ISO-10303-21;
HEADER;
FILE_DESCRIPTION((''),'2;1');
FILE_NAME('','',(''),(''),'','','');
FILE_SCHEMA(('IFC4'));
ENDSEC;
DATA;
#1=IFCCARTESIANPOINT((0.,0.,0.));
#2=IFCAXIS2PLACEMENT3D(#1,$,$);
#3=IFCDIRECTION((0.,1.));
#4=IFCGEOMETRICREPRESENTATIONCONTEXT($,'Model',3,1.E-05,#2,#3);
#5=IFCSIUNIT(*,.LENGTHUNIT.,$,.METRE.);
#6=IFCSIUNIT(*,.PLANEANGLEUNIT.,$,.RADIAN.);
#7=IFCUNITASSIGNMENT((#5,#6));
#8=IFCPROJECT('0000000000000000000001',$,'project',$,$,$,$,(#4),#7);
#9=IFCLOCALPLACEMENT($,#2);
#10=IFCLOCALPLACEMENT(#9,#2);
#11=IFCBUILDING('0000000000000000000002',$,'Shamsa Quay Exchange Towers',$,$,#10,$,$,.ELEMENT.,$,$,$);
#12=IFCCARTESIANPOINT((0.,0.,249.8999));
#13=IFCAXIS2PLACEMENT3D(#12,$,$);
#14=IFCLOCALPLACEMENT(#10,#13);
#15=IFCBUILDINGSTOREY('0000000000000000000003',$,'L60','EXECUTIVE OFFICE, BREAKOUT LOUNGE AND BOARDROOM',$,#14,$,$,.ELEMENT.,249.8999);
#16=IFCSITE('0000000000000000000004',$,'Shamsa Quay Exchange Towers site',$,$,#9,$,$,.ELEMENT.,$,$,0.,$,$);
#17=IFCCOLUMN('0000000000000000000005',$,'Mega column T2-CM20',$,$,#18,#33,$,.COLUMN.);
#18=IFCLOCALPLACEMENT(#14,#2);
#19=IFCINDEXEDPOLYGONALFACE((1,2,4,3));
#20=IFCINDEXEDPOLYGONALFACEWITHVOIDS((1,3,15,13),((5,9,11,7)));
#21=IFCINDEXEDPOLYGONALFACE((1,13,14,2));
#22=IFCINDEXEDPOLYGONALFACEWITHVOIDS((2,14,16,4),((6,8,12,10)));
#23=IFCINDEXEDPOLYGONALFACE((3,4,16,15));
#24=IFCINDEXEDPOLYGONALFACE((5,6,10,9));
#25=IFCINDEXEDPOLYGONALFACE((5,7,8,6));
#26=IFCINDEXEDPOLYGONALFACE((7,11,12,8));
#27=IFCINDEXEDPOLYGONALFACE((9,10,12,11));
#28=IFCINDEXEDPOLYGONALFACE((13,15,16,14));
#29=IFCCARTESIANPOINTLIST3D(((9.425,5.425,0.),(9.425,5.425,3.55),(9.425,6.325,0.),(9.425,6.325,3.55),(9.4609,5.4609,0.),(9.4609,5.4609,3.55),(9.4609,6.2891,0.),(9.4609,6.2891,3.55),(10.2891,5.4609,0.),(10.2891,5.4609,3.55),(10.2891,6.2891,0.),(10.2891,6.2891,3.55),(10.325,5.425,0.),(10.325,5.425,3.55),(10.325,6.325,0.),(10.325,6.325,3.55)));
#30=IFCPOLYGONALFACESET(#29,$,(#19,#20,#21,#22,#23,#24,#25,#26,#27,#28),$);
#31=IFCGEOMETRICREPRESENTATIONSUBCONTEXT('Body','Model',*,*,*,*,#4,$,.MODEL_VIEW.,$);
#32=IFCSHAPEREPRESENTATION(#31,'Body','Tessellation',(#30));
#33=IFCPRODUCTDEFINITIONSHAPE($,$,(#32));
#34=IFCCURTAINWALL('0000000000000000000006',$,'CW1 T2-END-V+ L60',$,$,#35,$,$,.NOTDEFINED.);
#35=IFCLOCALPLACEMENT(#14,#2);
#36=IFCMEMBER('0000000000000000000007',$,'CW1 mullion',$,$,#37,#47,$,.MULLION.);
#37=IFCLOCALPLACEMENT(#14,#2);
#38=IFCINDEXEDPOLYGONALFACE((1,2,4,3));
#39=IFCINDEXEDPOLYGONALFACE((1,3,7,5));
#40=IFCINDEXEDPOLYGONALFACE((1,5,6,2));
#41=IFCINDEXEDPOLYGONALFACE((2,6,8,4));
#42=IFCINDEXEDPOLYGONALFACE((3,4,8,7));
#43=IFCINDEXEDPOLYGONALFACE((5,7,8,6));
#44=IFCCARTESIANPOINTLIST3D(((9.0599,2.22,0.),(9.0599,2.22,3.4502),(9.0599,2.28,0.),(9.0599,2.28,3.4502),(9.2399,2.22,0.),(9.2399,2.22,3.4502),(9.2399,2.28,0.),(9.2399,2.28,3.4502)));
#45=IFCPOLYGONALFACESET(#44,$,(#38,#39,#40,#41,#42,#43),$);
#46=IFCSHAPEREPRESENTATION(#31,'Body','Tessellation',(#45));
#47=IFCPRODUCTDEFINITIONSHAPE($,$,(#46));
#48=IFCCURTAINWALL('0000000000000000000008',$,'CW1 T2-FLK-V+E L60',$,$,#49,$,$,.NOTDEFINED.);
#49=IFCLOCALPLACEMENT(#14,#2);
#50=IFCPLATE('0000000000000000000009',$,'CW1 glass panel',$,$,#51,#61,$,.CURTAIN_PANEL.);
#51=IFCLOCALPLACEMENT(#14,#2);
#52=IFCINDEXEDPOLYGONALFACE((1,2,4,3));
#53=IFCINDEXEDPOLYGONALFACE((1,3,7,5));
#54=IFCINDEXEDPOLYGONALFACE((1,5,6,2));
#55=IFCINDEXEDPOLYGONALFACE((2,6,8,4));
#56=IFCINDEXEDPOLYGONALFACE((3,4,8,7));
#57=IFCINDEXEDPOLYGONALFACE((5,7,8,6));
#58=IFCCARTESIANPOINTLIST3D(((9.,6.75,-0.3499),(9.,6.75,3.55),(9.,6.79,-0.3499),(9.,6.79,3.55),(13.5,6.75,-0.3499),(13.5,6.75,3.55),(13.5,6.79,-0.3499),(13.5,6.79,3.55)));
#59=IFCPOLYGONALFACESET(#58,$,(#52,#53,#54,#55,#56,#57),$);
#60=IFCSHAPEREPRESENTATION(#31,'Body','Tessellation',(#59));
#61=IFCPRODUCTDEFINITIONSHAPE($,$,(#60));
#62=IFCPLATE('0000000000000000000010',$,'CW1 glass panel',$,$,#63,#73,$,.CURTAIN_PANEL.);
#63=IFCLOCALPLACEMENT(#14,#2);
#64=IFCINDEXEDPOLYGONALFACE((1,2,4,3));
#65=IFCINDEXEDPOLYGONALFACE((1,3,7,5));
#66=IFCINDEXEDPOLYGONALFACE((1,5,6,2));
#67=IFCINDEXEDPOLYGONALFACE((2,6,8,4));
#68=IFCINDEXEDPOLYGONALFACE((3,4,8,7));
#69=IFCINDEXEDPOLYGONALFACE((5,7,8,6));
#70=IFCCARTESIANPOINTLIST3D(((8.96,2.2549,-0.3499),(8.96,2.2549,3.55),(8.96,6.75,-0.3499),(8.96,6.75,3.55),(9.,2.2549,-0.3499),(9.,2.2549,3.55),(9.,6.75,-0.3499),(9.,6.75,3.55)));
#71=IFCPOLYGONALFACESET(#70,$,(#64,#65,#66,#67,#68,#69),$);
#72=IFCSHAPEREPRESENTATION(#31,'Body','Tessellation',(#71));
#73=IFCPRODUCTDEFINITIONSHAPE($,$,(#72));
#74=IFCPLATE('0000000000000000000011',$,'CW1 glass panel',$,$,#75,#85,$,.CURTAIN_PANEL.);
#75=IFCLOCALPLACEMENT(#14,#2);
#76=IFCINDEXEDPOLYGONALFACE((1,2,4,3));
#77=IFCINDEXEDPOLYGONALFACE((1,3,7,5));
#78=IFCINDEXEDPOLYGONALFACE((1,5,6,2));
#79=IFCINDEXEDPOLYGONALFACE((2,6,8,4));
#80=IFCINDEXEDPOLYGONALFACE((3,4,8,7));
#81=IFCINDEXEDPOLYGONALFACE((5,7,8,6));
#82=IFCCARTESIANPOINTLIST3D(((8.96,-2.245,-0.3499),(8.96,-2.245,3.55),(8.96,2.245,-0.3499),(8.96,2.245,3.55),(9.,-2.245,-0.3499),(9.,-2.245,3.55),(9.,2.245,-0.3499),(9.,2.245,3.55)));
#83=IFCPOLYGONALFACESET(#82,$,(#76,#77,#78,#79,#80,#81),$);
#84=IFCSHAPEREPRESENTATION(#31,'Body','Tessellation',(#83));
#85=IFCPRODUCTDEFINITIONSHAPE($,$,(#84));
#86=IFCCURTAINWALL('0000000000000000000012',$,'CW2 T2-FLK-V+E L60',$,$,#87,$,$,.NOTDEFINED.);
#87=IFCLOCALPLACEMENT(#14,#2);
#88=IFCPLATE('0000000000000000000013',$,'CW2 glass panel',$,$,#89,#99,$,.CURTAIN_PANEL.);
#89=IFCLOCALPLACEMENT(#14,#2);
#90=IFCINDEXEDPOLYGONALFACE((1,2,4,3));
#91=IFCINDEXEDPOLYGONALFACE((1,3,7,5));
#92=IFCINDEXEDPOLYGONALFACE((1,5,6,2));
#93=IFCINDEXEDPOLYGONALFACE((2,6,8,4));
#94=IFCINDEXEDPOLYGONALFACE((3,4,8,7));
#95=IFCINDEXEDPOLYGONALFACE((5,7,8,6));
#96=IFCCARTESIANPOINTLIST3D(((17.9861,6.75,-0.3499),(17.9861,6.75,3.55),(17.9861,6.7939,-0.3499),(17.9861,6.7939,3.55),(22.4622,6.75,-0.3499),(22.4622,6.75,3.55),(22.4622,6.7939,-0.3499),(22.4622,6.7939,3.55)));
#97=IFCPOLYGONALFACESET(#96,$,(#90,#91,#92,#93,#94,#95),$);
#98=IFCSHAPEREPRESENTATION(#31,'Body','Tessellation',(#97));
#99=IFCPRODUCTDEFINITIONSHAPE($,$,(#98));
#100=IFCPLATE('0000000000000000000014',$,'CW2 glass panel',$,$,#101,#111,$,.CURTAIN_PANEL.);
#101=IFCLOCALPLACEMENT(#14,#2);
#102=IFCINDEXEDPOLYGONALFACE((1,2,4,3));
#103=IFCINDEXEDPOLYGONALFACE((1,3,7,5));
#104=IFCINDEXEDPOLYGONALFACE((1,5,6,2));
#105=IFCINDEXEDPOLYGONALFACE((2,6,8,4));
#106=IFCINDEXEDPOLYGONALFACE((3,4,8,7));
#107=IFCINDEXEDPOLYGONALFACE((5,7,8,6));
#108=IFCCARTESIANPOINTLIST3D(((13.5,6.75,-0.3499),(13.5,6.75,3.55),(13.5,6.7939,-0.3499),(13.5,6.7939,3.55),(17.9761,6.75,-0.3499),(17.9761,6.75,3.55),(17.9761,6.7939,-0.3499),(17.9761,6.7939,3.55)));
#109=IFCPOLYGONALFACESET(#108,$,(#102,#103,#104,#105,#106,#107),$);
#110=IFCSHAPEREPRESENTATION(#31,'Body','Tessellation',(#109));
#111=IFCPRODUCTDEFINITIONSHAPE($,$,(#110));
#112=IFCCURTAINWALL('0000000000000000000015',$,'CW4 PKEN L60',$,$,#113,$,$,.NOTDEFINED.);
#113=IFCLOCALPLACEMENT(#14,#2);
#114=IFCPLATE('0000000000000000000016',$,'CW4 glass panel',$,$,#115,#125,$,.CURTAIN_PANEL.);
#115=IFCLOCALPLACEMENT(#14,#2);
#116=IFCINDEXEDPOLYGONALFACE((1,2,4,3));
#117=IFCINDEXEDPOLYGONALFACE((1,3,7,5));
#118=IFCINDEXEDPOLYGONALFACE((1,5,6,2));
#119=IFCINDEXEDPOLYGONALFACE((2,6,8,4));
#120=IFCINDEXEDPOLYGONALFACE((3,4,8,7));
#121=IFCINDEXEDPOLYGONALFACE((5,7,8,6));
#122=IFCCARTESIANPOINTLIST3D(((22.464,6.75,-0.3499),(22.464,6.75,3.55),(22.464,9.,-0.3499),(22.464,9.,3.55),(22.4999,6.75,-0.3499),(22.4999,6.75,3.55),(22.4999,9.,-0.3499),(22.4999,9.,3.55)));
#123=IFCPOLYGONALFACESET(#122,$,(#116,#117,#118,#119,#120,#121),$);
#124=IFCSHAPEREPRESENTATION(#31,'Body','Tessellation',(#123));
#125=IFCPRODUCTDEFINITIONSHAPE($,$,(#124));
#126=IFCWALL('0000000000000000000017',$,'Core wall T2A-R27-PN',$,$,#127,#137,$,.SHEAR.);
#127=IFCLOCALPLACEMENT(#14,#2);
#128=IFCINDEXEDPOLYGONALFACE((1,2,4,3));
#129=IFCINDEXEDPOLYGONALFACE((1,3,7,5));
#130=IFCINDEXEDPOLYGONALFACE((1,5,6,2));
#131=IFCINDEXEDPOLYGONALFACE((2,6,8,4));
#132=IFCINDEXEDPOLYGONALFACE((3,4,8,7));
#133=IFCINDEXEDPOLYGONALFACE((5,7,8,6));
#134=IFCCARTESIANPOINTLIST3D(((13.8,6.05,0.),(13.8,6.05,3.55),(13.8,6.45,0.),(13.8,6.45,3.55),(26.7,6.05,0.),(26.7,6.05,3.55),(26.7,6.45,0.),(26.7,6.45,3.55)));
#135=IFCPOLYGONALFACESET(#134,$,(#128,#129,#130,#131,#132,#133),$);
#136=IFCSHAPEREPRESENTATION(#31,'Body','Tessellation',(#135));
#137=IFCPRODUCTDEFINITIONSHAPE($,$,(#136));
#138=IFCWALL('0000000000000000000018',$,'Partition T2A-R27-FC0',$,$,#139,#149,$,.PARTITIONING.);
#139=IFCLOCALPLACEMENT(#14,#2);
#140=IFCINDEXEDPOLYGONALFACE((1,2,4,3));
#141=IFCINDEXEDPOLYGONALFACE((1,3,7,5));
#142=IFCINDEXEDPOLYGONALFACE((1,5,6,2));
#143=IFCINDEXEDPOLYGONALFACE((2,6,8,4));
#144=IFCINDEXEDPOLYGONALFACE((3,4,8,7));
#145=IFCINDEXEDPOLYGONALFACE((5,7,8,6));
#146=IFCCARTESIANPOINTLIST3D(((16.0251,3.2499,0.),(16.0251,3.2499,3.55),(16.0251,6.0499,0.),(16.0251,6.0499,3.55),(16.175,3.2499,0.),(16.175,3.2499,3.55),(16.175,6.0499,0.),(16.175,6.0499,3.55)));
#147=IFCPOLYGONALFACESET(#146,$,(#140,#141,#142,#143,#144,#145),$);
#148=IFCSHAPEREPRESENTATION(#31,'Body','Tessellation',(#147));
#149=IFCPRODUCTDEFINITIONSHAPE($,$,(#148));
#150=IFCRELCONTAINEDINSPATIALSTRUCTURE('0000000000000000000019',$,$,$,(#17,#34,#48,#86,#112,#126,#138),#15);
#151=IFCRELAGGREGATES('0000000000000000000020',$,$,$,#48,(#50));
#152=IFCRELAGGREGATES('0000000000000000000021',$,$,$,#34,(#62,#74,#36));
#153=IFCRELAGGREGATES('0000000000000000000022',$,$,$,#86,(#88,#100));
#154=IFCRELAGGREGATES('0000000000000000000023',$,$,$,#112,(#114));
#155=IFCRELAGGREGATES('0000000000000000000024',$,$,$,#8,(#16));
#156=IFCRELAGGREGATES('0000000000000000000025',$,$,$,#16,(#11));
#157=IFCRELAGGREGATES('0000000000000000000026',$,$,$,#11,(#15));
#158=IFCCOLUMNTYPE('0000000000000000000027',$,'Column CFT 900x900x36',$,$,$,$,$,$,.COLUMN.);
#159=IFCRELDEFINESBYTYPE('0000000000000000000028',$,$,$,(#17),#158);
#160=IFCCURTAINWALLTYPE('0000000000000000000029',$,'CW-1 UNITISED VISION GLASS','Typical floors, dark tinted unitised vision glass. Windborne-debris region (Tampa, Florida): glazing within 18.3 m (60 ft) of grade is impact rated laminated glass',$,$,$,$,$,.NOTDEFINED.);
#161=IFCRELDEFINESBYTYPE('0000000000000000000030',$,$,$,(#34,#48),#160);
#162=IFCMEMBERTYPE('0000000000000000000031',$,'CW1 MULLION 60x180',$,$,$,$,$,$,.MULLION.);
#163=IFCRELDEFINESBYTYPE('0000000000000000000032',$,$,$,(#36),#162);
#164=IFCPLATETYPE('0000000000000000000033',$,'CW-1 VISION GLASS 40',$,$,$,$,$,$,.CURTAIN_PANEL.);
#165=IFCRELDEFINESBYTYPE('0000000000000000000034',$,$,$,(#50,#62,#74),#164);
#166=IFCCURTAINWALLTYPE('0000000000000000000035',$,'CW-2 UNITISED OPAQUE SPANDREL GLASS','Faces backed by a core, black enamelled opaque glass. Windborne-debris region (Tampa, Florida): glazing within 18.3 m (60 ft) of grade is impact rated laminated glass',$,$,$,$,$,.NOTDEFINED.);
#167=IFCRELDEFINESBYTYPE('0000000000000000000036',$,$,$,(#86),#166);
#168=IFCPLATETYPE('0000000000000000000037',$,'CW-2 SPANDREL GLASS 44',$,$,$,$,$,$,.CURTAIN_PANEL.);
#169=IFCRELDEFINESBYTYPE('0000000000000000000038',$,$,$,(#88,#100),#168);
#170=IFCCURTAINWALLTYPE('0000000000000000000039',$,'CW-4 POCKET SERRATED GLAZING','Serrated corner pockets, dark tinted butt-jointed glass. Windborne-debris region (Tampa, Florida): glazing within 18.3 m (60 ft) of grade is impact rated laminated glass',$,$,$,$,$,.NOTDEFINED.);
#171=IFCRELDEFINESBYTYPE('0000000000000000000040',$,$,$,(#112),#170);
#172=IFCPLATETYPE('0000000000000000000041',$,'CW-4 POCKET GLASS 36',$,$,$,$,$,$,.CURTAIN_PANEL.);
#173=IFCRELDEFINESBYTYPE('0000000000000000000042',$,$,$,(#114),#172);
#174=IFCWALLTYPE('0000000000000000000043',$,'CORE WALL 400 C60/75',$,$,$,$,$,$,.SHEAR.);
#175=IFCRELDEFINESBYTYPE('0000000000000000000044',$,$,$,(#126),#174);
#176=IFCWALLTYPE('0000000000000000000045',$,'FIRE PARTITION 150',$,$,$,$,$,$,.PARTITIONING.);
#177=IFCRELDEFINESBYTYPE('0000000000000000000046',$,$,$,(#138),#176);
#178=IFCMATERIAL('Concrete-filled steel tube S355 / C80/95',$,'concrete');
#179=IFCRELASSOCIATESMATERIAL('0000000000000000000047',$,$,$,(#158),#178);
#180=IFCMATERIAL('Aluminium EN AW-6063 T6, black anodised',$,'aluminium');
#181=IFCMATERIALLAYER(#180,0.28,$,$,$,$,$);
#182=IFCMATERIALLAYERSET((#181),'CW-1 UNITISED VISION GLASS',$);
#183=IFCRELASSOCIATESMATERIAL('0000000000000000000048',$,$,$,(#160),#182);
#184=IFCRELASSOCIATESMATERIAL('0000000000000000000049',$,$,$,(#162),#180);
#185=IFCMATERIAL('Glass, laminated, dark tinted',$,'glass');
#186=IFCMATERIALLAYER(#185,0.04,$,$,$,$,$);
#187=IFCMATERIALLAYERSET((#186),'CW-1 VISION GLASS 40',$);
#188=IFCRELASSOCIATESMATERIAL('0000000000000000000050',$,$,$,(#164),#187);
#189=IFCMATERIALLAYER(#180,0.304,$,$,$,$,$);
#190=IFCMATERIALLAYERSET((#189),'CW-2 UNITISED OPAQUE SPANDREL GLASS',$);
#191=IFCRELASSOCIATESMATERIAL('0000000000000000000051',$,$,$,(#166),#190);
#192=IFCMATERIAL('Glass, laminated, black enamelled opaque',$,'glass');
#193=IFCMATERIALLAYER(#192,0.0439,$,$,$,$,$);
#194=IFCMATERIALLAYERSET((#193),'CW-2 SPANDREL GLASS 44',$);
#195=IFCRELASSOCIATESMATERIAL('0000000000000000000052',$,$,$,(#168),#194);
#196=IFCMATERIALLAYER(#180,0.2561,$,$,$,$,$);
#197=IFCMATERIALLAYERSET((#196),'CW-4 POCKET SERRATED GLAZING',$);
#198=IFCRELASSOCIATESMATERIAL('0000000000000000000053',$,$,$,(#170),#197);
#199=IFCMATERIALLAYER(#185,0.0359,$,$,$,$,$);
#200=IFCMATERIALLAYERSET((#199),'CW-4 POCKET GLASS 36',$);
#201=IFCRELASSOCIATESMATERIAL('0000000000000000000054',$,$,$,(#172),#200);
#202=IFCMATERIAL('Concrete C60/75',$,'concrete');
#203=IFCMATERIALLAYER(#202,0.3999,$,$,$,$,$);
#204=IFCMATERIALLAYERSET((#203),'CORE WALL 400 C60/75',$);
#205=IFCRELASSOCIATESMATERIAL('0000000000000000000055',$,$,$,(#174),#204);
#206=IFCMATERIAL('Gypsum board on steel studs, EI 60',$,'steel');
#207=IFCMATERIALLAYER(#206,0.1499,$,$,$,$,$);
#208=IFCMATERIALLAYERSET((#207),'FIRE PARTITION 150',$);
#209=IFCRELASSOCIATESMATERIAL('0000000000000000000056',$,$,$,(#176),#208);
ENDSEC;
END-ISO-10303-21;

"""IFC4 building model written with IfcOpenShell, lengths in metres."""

from ifc_helpers import new_model, si_unit, direction, frame, frame_2d, origin, origin_2d, place, context, subcontext, project, spatial, rectangle, hollow_rectangle, extrude, material, layer, layer_set, material_profile, profile_set, type_object, element, aggregate, save


model = new_model("IFC4")

# Units and contexts
model_context = context("Model", 3, precision=1e-05, world=origin(), true_north=direction((0.0, 1.0)))
body_context = subcontext(model_context, "Body", "Model", "MODEL_VIEW")
ifc_project = project(units=[si_unit("LENGTHUNIT", "METRE"), si_unit("PLANEANGLEUNIT", "RADIAN")], contexts=[model_context])

# Site, building, storey
site_placement = place(None, origin())
site = spatial("IfcSite", under=ifc_project, at=site_placement, Name="Shamsa Quay Exchange Towers site", CompositionType="ELEMENT", RefElevation=0.0)
building_placement = place(site_placement, origin())
building = spatial("IfcBuilding", under=site, at=building_placement, Name="Shamsa Quay Exchange Towers", CompositionType="ELEMENT")
storey_placement = place(building_placement, frame((0.0, 0.0, 249.8999)))
storey = spatial("IfcBuildingStorey", under=building, at=storey_placement, Name="L60", Description="EXECUTIVE OFFICE, BREAKOUT LOUNGE AND BOARDROOM", CompositionType="ELEMENT", Elevation=249.8999)

# Column
ifc_material_1 = material(Name="Concrete-filled steel tube S355 / C80/95", Category="concrete")
ifc_material_profile_1 = material_profile(ifc_material_1, hollow_rectangle(XDim=0.8999, YDim=0.8999, WallThickness=0.0359, at=origin_2d()), Name="CFT 900x900x36")
ifc_profile_set_1 = profile_set([ifc_material_profile_1], Name="Concrete-filled steel tube S355 / C80/95")
column_type = type_object("IfcColumnType", Name="Column CFT 900x900x36", PredefinedType="COLUMN", material=ifc_profile_set_1)
column_placement = place(storey_placement, frame((9.875, 5.875, 0.0)))
element("IfcColumn", 1, at=column_placement, inside=storey, type_object=column_type, Name="Mega column T2-CM20", PredefinedType="COLUMN", context=body_context, shape_type="SweptSolid", body=[
    extrude(hollow_rectangle(XDim=0.8999, YDim=0.8999, WallThickness=0.0359, at=origin_2d()), origin(), (0.0, 0.0, 1.0), 3.55),
])

# Curtain wall, member
ifc_material_2 = material(Name="Aluminium EN AW-6063 T6, black anodised", Category="aluminium")
ifc_layer_1 = layer(ifc_material_2, 0.28)
ifc_layer_set_1 = layer_set([ifc_layer_1], Name="CW-1 UNITISED VISION GLASS")
curtain_wall_type_1 = type_object("IfcCurtainWallType", Name="CW-1 UNITISED VISION GLASS", Description="Typical floors, dark tinted unitised vision glass. Windborne-debris region (Tampa, Florida): glazing within 18.3 m (60 ft) of grade is impact rated laminated glass", PredefinedType="NOTDEFINED", material=ifc_layer_set_1)
curtain_wall_1_placement = place(storey_placement, origin())
curtain_wall_1 = element("IfcCurtainWall", 2, at=curtain_wall_1_placement, inside=storey, type_object=curtain_wall_type_1, Name="CW1 T2-END-V+ L60", PredefinedType="NOTDEFINED")
ifc_material_profile_2 = material_profile(ifc_material_2, rectangle(XDim=0.1799, YDim=0.0601, at=origin_2d()), Name="MU60x180")
ifc_profile_set_2 = profile_set([ifc_material_profile_2], Name="Aluminium EN AW-6063 T6, black anodised")
member_type = type_object("IfcMemberType", Name="CW1 MULLION 60x180", PredefinedType="MULLION", material=ifc_profile_set_2)
member_placement = place(storey_placement, frame((9.1499, 2.25, 0.0)))
member = element("IfcMember", 3, at=member_placement, type_object=member_type, Name="CW1 mullion", PredefinedType="MULLION", context=body_context, shape_type="SweptSolid", body=[
    extrude(rectangle(XDim=0.1799, YDim=0.0601, at=origin_2d()), origin(), (0.0, 0.0, 1.0), 3.4502),
])

# Curtain wall, plate
curtain_wall_2_placement = place(storey_placement, origin())
curtain_wall_2 = element("IfcCurtainWall", 4, at=curtain_wall_2_placement, inside=storey, type_object=curtain_wall_type_1, Name="CW1 T2-FLK-V+E L60", PredefinedType="NOTDEFINED")
ifc_material_3 = material(Name="Glass, laminated, dark tinted", Category="glass")
ifc_layer_2 = layer(ifc_material_3, 0.04)
ifc_layer_set_2 = layer_set([ifc_layer_2], Name="CW-1 VISION GLASS 40")
plate_type_1 = type_object("IfcPlateType", Name="CW-1 VISION GLASS 40", PredefinedType="CURTAIN_PANEL", material=ifc_layer_set_2)
plate_1_placement = place(storey_placement, frame((11.25, 6.77, -0.3499), z_axis=(0.0, 0.0, 1.0), x_axis=(-1.0, 0.0, 0.0)))
plate_1 = element("IfcPlate", 5, at=plate_1_placement, type_object=plate_type_1, Name="CW1 glass panel", PredefinedType="CURTAIN_PANEL", context=body_context, shape_type="SweptSolid", body=[
    extrude(rectangle(XDim=4.5, YDim=0.04, at=origin_2d()), origin(), (0.0, 0.0, 1.0), 3.8999),
])
aggregate(curtain_wall_2, [plate_1])

# Plates
plate_2_placement = place(storey_placement, frame((8.98, 4.5024, -0.3499), z_axis=(0.0, 0.0, 1.0), x_axis=(0.0, -1.0, 0.0)))
plate_2 = element("IfcPlate", 6, at=plate_2_placement, type_object=plate_type_1, Name="CW1 glass panel", PredefinedType="CURTAIN_PANEL", context=body_context, shape_type="SweptSolid", body=[
    extrude(rectangle(XDim=4.4951, YDim=0.04, at=origin_2d()), origin(), (0.0, 0.0, 1.0), 3.8999),
])
plate_3_placement = place(storey_placement, frame((8.98, 0.0, -0.3499), z_axis=(0.0, 0.0, 1.0), x_axis=(0.0, -1.0, 0.0)))
plate_3 = element("IfcPlate", 7, at=plate_3_placement, type_object=plate_type_1, Name="CW1 glass panel", PredefinedType="CURTAIN_PANEL", context=body_context, shape_type="SweptSolid", body=[
    extrude(rectangle(XDim=4.49, YDim=0.04, at=origin_2d()), origin(), (0.0, 0.0, 1.0), 3.8999),
])
aggregate(curtain_wall_1, [plate_2, plate_3, member])

# Curtain wall, plates
ifc_layer_3 = layer(ifc_material_2, 0.304)
ifc_layer_set_3 = layer_set([ifc_layer_3], Name="CW-2 UNITISED OPAQUE SPANDREL GLASS")
curtain_wall_type_2 = type_object("IfcCurtainWallType", Name="CW-2 UNITISED OPAQUE SPANDREL GLASS", Description="Faces backed by a core, black enamelled opaque glass. Windborne-debris region (Tampa, Florida): glazing within 18.3 m (60 ft) of grade is impact rated laminated glass", PredefinedType="NOTDEFINED", material=ifc_layer_set_3)
curtain_wall_3_placement = place(storey_placement, origin())
curtain_wall_3 = element("IfcCurtainWall", 8, at=curtain_wall_3_placement, inside=storey, type_object=curtain_wall_type_2, Name="CW2 T2-FLK-V+E L60", PredefinedType="NOTDEFINED")
ifc_material_4 = material(Name="Glass, laminated, black enamelled opaque", Category="glass")
ifc_layer_4 = layer(ifc_material_4, 0.0439)
ifc_layer_set_4 = layer_set([ifc_layer_4], Name="CW-2 SPANDREL GLASS 44")
plate_type_2 = type_object("IfcPlateType", Name="CW-2 SPANDREL GLASS 44", PredefinedType="CURTAIN_PANEL", material=ifc_layer_set_4)
plate_4_placement = place(storey_placement, frame((20.2241, 6.772, -0.3499), z_axis=(0.0, 0.0, 1.0), x_axis=(-1.0, 0.0, 0.0)))
plate_4 = element("IfcPlate", 9, at=plate_4_placement, type_object=plate_type_2, Name="CW2 glass panel", PredefinedType="CURTAIN_PANEL", context=body_context, shape_type="SweptSolid", body=[
    extrude(rectangle(XDim=4.4761, YDim=0.0439, at=origin_2d()), origin(), (0.0, 0.0, 1.0), 3.8999),
])
plate_5_placement = place(storey_placement, frame((15.738, 6.772, -0.3499), z_axis=(0.0, 0.0, 1.0), x_axis=(-1.0, 0.0, 0.0)))
plate_5 = element("IfcPlate", 10, at=plate_5_placement, type_object=plate_type_2, Name="CW2 glass panel", PredefinedType="CURTAIN_PANEL", context=body_context, shape_type="SweptSolid", body=[
    extrude(rectangle(XDim=4.4761, YDim=0.0439, at=origin_2d()), origin(), (0.0, 0.0, 1.0), 3.8999),
])
aggregate(curtain_wall_3, [plate_4, plate_5])

# Curtain wall, plate
ifc_layer_5 = layer(ifc_material_2, 0.2561)
ifc_layer_set_5 = layer_set([ifc_layer_5], Name="CW-4 POCKET SERRATED GLAZING")
curtain_wall_type_3 = type_object("IfcCurtainWallType", Name="CW-4 POCKET SERRATED GLAZING", Description="Serrated corner pockets, dark tinted butt-jointed glass. Windborne-debris region (Tampa, Florida): glazing within 18.3 m (60 ft) of grade is impact rated laminated glass", PredefinedType="NOTDEFINED", material=ifc_layer_set_5)
curtain_wall_4_placement = place(storey_placement, origin())
curtain_wall_4 = element("IfcCurtainWall", 11, at=curtain_wall_4_placement, inside=storey, type_object=curtain_wall_type_3, Name="CW4 PKEN L60", PredefinedType="NOTDEFINED")
ifc_layer_6 = layer(ifc_material_3, 0.0359)
ifc_layer_set_6 = layer_set([ifc_layer_6], Name="CW-4 POCKET GLASS 36")
plate_type_3 = type_object("IfcPlateType", Name="CW-4 POCKET GLASS 36", PredefinedType="CURTAIN_PANEL", material=ifc_layer_set_6)
plate_6_placement = place(storey_placement, frame((22.4819, 7.875, -0.3499), z_axis=(0.0, 0.0, 1.0), x_axis=(0.0, -1.0, 0.0)))
plate_6 = element("IfcPlate", 12, at=plate_6_placement, type_object=plate_type_3, Name="CW4 glass panel", PredefinedType="CURTAIN_PANEL", context=body_context, shape_type="SweptSolid", body=[
    extrude(rectangle(XDim=2.25, YDim=0.0359, at=origin_2d()), origin(), (0.0, 0.0, 1.0), 3.8999),
])
aggregate(curtain_wall_4, [plate_6])

# Wall
ifc_material_5 = material(Name="Concrete C60/75", Category="concrete")
ifc_layer_7 = layer(ifc_material_5, 0.3999)
ifc_layer_set_7 = layer_set([ifc_layer_7], Name="CORE WALL 400 C60/75")
wall_type_1 = type_object("IfcWallType", Name="CORE WALL 400 C60/75", PredefinedType="SHEAR", material=ifc_layer_set_7)
wall_1_placement = place(storey_placement, frame((13.8, 6.25, 0.0)))
element("IfcWall", 13, at=wall_1_placement, inside=storey, type_object=wall_type_1, Name="Core wall T2A-R27-PN", PredefinedType="SHEAR", context=body_context, shape_type="SweptSolid", body=[
    extrude(rectangle(XDim=12.8999, YDim=0.3999, at=frame_2d((6.45, 0.0))), origin(), (0.0, 0.0, 1.0), 3.55),
])

# Wall
ifc_material_6 = material(Name="Gypsum board on steel studs, EI 60", Category="steel")
ifc_layer_8 = layer(ifc_material_6, 0.1499)
ifc_layer_set_8 = layer_set([ifc_layer_8], Name="FIRE PARTITION 150")
wall_type_2 = type_object("IfcWallType", Name="FIRE PARTITION 150", PredefinedType="PARTITIONING", material=ifc_layer_set_8)
wall_2_placement = place(storey_placement, frame((16.1001, 3.25, 0.0), z_axis=(0.0, 0.0, 1.0), x_axis=(0.0, 1.0, 0.0)))
element("IfcWall", 14, at=wall_2_placement, inside=storey, type_object=wall_type_2, Name="Partition T2A-R27-FC0", PredefinedType="PARTITIONING", context=body_context, shape_type="SweptSolid", body=[
    extrude(rectangle(XDim=2.8, YDim=0.1499, at=frame_2d((1.3999, 0.0))), origin(), (0.0, 0.0, 1.0), 3.55),
])

save(model, "model.ifc")
